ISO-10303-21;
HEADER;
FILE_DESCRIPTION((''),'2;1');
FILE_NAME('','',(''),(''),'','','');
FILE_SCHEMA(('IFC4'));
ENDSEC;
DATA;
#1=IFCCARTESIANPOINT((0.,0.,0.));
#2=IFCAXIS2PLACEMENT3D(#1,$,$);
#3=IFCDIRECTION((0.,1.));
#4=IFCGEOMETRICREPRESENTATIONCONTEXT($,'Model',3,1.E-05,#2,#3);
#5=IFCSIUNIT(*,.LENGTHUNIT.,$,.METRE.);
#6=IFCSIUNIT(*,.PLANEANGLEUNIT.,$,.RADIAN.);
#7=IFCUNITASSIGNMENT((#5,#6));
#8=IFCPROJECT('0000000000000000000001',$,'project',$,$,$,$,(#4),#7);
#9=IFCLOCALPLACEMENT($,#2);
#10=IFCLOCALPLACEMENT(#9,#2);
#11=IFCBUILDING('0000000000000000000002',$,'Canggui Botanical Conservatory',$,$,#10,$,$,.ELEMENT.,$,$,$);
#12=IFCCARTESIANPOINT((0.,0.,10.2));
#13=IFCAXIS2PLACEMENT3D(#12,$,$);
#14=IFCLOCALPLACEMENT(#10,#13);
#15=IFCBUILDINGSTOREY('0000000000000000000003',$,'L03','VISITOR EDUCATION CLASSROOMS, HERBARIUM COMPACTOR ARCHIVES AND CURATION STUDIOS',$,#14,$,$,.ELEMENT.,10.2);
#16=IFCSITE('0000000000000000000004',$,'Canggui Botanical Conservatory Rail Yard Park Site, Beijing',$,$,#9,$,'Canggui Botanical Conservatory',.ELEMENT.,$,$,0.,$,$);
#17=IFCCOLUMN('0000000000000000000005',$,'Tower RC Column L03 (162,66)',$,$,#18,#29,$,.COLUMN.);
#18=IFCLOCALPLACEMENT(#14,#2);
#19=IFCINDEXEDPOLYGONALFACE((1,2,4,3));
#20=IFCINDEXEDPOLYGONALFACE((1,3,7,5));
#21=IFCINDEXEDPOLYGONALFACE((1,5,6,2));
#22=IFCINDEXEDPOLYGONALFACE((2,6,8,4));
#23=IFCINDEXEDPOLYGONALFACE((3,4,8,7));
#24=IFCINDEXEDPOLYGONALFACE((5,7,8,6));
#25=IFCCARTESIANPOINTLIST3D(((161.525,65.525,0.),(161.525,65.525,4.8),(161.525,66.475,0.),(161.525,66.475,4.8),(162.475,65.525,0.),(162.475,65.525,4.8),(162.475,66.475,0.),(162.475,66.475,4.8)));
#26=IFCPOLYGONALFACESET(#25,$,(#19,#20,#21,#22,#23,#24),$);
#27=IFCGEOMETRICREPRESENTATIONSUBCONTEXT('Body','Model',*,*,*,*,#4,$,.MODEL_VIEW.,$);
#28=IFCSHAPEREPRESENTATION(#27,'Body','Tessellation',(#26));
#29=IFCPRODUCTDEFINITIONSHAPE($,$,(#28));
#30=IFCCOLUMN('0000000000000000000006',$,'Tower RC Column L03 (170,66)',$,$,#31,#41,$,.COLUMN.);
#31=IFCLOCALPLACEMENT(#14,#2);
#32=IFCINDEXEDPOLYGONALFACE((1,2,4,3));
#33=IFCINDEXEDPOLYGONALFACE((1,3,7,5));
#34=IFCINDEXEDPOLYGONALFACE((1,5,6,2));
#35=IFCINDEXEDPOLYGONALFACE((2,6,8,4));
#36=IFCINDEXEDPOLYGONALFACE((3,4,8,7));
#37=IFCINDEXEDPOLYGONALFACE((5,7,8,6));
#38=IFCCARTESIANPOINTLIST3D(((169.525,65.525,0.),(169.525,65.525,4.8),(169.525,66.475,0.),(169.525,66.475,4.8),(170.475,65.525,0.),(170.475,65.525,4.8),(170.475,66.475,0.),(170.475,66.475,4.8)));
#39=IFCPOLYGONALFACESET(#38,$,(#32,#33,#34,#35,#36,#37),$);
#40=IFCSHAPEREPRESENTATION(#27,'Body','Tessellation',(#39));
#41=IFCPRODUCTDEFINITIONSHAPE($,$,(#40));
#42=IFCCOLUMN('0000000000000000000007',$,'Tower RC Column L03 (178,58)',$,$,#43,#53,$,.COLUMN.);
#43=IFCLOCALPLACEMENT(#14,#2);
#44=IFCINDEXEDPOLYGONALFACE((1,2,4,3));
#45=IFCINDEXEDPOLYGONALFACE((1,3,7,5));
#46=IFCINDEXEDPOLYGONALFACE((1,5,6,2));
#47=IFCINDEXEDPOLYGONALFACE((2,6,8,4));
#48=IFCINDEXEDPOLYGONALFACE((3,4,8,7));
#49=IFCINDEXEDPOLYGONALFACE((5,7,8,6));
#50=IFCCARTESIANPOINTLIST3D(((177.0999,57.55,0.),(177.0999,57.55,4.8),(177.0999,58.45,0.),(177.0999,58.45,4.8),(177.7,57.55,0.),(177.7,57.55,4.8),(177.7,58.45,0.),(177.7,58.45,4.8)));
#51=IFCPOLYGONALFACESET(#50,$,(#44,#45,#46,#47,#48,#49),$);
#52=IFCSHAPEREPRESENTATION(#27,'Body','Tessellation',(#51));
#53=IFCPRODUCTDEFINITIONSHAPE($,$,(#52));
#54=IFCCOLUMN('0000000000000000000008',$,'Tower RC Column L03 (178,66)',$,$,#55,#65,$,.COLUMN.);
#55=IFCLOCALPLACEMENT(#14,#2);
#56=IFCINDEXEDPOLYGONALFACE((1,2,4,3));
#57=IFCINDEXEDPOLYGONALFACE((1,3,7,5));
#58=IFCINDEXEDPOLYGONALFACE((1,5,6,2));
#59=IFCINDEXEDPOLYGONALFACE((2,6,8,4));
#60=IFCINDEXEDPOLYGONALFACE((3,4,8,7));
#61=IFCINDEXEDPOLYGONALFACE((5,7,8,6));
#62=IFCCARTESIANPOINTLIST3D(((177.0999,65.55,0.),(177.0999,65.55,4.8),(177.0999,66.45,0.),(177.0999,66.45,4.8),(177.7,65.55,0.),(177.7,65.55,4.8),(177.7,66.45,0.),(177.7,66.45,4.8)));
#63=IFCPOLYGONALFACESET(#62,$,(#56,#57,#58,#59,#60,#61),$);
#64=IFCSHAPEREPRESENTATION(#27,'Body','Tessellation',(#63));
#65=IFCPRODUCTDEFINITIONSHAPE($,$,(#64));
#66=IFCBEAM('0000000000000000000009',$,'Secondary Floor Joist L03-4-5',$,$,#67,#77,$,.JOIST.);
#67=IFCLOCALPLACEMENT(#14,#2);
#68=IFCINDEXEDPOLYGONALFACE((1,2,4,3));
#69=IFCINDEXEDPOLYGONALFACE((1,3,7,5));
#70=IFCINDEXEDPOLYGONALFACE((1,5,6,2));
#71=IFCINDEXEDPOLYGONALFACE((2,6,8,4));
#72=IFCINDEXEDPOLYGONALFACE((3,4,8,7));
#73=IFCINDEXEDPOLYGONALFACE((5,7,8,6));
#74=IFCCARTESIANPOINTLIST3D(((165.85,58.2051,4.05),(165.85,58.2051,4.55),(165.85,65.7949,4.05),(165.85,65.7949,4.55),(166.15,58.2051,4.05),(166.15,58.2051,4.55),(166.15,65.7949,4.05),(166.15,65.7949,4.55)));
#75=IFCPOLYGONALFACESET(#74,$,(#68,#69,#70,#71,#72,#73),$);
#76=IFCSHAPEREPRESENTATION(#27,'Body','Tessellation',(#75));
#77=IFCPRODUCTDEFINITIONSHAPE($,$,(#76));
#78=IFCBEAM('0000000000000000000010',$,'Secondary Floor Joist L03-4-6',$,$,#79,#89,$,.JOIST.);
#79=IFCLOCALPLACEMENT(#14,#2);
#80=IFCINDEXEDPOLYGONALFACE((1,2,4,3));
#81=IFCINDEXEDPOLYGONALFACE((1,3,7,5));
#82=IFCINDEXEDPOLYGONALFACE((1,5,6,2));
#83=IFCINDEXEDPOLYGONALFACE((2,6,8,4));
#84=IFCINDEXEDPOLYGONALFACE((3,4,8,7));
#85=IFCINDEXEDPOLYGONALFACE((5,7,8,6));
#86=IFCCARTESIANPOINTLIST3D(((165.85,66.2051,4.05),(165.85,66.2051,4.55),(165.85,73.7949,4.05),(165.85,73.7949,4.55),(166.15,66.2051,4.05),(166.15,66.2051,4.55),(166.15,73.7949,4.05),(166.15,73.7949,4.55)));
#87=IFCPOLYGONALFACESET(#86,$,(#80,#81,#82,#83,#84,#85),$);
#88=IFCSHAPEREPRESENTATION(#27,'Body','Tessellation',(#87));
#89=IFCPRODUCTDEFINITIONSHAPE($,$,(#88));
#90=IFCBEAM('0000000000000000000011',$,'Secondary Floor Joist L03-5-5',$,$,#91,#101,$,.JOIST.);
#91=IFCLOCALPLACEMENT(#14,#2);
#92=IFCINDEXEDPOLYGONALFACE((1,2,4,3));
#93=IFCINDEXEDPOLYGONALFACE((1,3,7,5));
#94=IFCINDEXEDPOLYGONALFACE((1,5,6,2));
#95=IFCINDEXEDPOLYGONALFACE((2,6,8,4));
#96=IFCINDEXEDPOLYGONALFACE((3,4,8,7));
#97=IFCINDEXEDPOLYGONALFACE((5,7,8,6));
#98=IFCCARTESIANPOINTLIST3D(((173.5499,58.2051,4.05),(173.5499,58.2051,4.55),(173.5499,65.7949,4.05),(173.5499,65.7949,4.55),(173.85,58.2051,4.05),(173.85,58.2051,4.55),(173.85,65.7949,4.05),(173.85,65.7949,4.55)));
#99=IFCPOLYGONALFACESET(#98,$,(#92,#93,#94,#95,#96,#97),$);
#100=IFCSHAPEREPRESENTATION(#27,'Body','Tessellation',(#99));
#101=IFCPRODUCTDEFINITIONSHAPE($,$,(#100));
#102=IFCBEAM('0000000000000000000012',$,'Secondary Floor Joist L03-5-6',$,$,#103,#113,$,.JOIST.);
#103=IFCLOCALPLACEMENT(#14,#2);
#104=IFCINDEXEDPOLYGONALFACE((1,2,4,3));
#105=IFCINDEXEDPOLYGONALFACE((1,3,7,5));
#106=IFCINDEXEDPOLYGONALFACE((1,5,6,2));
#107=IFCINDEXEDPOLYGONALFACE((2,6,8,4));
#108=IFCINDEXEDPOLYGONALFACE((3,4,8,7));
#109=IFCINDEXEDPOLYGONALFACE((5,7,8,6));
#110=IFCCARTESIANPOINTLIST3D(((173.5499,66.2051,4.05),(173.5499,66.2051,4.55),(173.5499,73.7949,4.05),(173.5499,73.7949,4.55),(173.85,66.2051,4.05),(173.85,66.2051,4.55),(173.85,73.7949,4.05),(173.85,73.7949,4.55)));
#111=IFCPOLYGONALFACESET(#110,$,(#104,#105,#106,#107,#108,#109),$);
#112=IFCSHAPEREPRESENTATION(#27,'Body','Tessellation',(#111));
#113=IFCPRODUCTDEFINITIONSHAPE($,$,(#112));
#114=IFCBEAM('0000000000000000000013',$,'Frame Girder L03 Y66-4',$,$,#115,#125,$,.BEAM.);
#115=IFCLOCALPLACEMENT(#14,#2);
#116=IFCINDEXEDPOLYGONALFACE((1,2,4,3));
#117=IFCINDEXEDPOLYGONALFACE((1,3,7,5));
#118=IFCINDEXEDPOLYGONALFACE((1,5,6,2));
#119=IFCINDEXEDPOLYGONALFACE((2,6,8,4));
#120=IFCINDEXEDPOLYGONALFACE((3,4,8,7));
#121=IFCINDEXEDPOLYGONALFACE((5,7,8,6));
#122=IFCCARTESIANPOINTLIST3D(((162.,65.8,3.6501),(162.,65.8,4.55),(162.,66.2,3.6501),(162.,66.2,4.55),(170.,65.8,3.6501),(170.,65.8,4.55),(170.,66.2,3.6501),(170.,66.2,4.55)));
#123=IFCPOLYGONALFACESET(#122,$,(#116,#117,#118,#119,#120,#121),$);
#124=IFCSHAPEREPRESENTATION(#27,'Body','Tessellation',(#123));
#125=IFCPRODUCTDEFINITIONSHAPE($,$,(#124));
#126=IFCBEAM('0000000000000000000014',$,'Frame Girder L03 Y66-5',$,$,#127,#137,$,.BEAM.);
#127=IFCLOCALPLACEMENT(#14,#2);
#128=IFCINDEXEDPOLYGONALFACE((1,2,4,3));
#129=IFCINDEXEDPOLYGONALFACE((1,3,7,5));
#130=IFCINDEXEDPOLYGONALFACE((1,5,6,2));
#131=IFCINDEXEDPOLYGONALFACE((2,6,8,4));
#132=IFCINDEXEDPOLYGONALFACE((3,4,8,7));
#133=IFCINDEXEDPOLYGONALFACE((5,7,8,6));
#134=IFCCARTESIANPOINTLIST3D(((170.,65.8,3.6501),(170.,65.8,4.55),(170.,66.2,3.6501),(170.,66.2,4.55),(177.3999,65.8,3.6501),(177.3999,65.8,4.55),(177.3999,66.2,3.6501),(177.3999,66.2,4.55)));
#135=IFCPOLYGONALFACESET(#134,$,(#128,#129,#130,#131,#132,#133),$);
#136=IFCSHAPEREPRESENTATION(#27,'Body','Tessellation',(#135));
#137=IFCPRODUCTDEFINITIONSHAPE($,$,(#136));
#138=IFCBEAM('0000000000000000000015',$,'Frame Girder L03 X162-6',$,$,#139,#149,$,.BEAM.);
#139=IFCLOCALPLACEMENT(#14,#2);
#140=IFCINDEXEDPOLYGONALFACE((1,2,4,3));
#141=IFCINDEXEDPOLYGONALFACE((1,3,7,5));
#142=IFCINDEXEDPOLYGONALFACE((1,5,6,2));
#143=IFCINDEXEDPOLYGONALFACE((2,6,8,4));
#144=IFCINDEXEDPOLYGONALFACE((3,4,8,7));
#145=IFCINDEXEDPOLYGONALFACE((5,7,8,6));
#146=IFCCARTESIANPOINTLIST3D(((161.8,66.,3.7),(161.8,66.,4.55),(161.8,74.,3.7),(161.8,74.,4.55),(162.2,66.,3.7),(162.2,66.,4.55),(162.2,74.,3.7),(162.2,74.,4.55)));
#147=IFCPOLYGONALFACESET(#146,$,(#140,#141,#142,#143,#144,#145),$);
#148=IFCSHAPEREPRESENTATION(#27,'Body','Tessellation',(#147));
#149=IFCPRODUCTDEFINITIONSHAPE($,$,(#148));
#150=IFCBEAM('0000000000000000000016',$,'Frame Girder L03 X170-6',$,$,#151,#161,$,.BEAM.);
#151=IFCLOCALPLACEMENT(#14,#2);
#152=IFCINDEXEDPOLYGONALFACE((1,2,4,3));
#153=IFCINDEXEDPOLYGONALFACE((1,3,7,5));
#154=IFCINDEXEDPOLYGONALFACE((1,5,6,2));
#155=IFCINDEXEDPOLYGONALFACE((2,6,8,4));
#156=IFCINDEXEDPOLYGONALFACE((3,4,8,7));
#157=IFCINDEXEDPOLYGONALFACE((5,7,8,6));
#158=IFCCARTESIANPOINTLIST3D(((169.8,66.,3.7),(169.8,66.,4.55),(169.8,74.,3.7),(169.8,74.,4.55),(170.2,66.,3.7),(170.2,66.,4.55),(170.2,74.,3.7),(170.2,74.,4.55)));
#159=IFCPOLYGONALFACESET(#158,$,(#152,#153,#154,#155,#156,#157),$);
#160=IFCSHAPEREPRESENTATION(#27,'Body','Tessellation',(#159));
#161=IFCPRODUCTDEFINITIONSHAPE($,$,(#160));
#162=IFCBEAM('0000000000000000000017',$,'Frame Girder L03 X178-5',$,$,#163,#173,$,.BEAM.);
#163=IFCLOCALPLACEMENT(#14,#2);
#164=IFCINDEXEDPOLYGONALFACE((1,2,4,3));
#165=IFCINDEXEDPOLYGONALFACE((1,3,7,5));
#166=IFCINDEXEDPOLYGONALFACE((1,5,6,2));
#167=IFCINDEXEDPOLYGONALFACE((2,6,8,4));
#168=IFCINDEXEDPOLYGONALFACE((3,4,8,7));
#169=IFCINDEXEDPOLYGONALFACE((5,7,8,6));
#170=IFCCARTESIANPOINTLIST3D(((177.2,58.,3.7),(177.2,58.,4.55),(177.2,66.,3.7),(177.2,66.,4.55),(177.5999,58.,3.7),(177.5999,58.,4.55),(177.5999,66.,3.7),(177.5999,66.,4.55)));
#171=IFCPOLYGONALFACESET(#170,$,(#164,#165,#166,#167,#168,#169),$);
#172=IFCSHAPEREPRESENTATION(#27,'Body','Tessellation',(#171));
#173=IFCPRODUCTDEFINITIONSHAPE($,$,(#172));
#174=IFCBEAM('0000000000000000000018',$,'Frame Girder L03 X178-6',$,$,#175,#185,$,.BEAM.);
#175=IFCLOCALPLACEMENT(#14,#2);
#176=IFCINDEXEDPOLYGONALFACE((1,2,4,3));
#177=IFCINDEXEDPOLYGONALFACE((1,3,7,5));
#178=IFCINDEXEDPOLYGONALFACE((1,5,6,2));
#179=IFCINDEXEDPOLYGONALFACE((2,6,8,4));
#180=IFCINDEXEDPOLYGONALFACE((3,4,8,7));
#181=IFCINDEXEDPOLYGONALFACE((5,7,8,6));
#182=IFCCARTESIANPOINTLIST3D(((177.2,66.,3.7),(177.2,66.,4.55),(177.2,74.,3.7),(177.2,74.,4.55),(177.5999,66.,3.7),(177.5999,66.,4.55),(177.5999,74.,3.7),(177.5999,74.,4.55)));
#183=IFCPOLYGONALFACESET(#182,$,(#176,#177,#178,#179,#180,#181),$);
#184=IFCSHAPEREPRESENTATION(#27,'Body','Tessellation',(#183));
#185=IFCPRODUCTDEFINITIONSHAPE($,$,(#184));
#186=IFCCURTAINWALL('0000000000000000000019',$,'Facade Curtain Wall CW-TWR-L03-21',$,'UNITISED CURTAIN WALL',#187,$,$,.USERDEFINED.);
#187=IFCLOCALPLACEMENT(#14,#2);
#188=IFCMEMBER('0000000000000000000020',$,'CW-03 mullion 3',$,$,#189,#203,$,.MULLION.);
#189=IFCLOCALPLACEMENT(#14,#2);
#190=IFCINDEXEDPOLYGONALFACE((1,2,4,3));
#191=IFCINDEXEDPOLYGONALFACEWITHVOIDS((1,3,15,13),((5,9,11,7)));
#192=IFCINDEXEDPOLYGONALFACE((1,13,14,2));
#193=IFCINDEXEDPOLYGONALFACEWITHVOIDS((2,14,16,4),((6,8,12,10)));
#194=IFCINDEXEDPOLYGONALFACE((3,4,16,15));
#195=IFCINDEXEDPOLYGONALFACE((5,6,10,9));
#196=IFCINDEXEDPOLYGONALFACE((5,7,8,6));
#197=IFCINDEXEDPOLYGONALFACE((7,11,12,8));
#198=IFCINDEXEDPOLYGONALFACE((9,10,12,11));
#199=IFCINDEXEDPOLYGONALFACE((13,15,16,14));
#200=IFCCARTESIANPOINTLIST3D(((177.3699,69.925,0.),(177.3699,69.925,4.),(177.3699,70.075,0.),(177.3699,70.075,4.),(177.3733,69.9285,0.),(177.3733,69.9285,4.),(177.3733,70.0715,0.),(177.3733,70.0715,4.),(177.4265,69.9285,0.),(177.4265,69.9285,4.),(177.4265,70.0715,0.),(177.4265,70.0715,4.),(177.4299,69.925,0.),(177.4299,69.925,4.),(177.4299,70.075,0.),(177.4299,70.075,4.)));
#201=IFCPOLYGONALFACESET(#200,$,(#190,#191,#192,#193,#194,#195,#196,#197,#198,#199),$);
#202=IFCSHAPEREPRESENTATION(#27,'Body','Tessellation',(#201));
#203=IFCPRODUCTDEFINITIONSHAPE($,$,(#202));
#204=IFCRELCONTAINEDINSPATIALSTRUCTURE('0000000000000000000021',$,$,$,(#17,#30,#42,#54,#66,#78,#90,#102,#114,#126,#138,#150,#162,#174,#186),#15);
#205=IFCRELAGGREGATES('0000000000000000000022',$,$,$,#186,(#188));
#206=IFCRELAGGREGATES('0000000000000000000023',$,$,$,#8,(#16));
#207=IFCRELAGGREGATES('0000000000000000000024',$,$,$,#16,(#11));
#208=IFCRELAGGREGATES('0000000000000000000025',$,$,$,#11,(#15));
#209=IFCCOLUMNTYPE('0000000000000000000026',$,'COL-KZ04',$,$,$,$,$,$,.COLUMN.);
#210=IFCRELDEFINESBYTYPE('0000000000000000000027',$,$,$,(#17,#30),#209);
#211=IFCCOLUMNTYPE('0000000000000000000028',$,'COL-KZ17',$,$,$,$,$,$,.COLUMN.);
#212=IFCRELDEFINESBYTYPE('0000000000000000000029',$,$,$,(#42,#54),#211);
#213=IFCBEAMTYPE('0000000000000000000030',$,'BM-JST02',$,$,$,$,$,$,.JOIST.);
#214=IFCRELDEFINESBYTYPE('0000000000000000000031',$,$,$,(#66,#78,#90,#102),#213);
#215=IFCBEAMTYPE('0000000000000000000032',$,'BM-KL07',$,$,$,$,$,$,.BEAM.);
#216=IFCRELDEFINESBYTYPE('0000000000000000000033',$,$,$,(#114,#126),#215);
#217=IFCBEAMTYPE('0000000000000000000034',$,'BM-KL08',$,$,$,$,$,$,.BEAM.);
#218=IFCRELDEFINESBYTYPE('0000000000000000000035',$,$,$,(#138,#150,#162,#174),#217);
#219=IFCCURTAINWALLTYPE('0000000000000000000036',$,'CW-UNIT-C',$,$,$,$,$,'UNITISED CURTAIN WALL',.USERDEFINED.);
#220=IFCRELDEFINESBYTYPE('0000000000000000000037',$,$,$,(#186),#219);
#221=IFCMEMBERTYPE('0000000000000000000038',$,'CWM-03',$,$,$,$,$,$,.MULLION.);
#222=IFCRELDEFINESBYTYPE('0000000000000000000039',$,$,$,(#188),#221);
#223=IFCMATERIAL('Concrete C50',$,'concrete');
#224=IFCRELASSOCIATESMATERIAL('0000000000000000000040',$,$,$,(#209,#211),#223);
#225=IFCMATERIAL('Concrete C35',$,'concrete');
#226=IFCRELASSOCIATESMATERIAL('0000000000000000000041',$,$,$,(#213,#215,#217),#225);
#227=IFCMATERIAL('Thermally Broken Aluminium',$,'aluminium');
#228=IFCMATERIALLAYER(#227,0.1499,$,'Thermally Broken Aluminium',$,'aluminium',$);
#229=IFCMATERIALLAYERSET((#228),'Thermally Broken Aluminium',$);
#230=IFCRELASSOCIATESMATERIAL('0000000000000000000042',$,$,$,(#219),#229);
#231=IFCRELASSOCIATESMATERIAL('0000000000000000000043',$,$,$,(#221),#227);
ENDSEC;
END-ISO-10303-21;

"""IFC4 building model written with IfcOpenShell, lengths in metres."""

from ifc_helpers import new_model, si_unit, direction, frame, origin, origin_2d, place, context, subcontext, project, spatial, rectangle, hollow_rectangle, extrude, material, layer, layer_set, material_profile, profile_set, type_object, element, aggregate, save


model = new_model("IFC4")

# Units and contexts
model_context = context("Model", 3, precision=1e-05, world=origin(), true_north=direction((0.0, 1.0)))
body_context = subcontext(model_context, "Body", "Model", "MODEL_VIEW")
ifc_project = project(units=[si_unit("LENGTHUNIT", "METRE"), si_unit("PLANEANGLEUNIT", "RADIAN")], contexts=[model_context])

# Site, building, storey
site_placement = place(None, origin())
site = spatial("IfcSite", under=ifc_project, at=site_placement, Name="Canggui Botanical Conservatory Rail Yard Park Site, Beijing", LongName="Canggui Botanical Conservatory", CompositionType="ELEMENT", RefElevation=0.0)
building_placement = place(site_placement, origin())
building = spatial("IfcBuilding", under=site, at=building_placement, Name="Canggui Botanical Conservatory", CompositionType="ELEMENT")
storey_placement = place(building_placement, frame((0.0, 0.0, 10.2)))
storey = spatial("IfcBuildingStorey", under=building, at=storey_placement, Name="L03", Description="VISITOR EDUCATION CLASSROOMS, HERBARIUM COMPACTOR ARCHIVES AND CURATION STUDIOS", CompositionType="ELEMENT", Elevation=10.2)

# Columns
ifc_material_1 = material(Name="Concrete C50", Category="concrete")
ifc_material_profile_1 = material_profile(ifc_material_1, rectangle(XDim=0.95, YDim=0.95, at=origin_2d()), Name="RC 950x950")
ifc_profile_set_1 = profile_set([ifc_material_profile_1], Name="Concrete C50")
column_type_1 = type_object("IfcColumnType", Name="COL-KZ04", PredefinedType="COLUMN", material=ifc_profile_set_1)
for number, where, z_axis, x_axis, name in (
    (1, (162.0, 66.0, 0.0), (0.0, 0.0, 1.0), (1.0, 0.0, 0.0), "Tower RC Column L03 (162,66)"),
    (2, (170.0, 66.0, 0.0), (0.0, 0.0, 1.0), (1.0, 0.0, 0.0), "Tower RC Column L03 (170,66)"),
):
    element("IfcColumn", number, at=place(storey_placement, frame(where, z_axis=z_axis, x_axis=x_axis)), inside=storey, type_object=column_type_1, Name=name, PredefinedType="COLUMN", context=body_context, shape_type="SweptSolid", body=[
        extrude(rectangle(XDim=0.95, YDim=0.95, at=origin_2d()), origin(), (0.0, 0.0, 1.0), 4.8),
    ])
ifc_material_profile_2 = material_profile(ifc_material_1, rectangle(XDim=0.6001, YDim=0.8999, at=origin_2d()), Name="RC 600x900")
ifc_profile_set_2 = profile_set([ifc_material_profile_2], Name="Concrete C50")
column_type_2 = type_object("IfcColumnType", Name="COL-KZ17", PredefinedType="COLUMN", material=ifc_profile_set_2)
for number, where, z_axis, x_axis, name in (
    (3, (177.3999, 58.0, 0.0), (0.0, 0.0, 1.0), (1.0, 0.0, 0.0), "Tower RC Column L03 (178,58)"),
    (4, (177.3999, 66.0, 0.0), (0.0, 0.0, 1.0), (1.0, 0.0, 0.0), "Tower RC Column L03 (178,66)"),
):
    element("IfcColumn", number, at=place(storey_placement, frame(where, z_axis=z_axis, x_axis=x_axis)), inside=storey, type_object=column_type_2, Name=name, PredefinedType="COLUMN", context=body_context, shape_type="SweptSolid", body=[
        extrude(rectangle(XDim=0.6001, YDim=0.8999, at=origin_2d()), origin(), (0.0, 0.0, 1.0), 4.8),
    ])

# Beams
ifc_material_2 = material(Name="Concrete C35", Category="concrete")
ifc_material_profile_3 = material_profile(ifc_material_2, rectangle(XDim=0.3, YDim=0.5, at=origin_2d()), Name="RB 300x500")
ifc_profile_set_3 = profile_set([ifc_material_profile_3], Name="Concrete C35")
beam_type_1 = type_object("IfcBeamType", Name="BM-JST02", PredefinedType="JOIST", material=ifc_profile_set_3)
for number, where, z_axis, x_axis, name in (
    (5, (166.0, 58.2051, 4.3), (0.0, 1.0, 0.0), (-1.0, 0.0, 0.0), "Secondary Floor Joist L03-4-5"),
    (6, (166.0, 66.2051, 4.3), (0.0, 1.0, 0.0), (-1.0, 0.0, 0.0), "Secondary Floor Joist L03-4-6"),
    (7, (173.7, 58.2051, 4.3), (0.0, 1.0, 0.0), (-1.0, 0.0, 0.0), "Secondary Floor Joist L03-5-5"),
    (8, (173.7, 66.2051, 4.3), (0.0, 1.0, 0.0), (-1.0, 0.0, 0.0), "Secondary Floor Joist L03-5-6"),
):
    element("IfcBeam", number, at=place(storey_placement, frame(where, z_axis=z_axis, x_axis=x_axis)), inside=storey, type_object=beam_type_1, Name=name, PredefinedType="JOIST", context=body_context, shape_type="SweptSolid", body=[
        extrude(rectangle(XDim=0.3, YDim=0.5, at=origin_2d()), origin(), (0.0, 0.0, 1.0), 7.5898),
    ])
ifc_material_profile_4 = material_profile(ifc_material_2, rectangle(XDim=0.3999, YDim=0.8999, at=origin_2d()), Name="RB 400x900")
ifc_profile_set_4 = profile_set([ifc_material_profile_4], Name="Concrete C35")
beam_type_2 = type_object("IfcBeamType", Name="BM-KL07", PredefinedType="BEAM", material=ifc_profile_set_4)
beam_1_placement = place(storey_placement, frame((162.0, 66.0, 4.1001), z_axis=(1.0, 0.0, 0.0), x_axis=(0.0, 1.0, 0.0)))
element("IfcBeam", 9, at=beam_1_placement, inside=storey, type_object=beam_type_2, Name="Frame Girder L03 Y66-4", PredefinedType="BEAM", context=body_context, shape_type="SweptSolid", body=[
    extrude(rectangle(XDim=0.3999, YDim=0.8999, at=origin_2d()), origin(), (0.0, 0.0, 1.0), 8.0),
])
beam_2_placement = place(storey_placement, frame((170.0, 66.0, 4.1001), z_axis=(1.0, 0.0, 0.0), x_axis=(0.0, 1.0, 0.0)))
element("IfcBeam", 10, at=beam_2_placement, inside=storey, type_object=beam_type_2, Name="Frame Girder L03 Y66-5", PredefinedType="BEAM", context=body_context, shape_type="SweptSolid", body=[
    extrude(rectangle(XDim=0.3999, YDim=0.8999, at=origin_2d()), origin(), (0.0, 0.0, 1.0), 7.3999),
])
ifc_material_profile_5 = material_profile(ifc_material_2, rectangle(XDim=0.3999, YDim=0.8501, at=origin_2d()), Name="RB 400x850")
ifc_profile_set_5 = profile_set([ifc_material_profile_5], Name="Concrete C35")
beam_type_3 = type_object("IfcBeamType", Name="BM-KL08", PredefinedType="BEAM", material=ifc_profile_set_5)
for number, where, z_axis, x_axis, name in (
    (11, (162.0, 66.0, 4.125), (0.0, 1.0, 0.0), (-1.0, 0.0, 0.0), "Frame Girder L03 X162-6"),
    (12, (170.0, 66.0, 4.125), (0.0, 1.0, 0.0), (-1.0, 0.0, 0.0), "Frame Girder L03 X170-6"),
    (13, (177.3999, 58.0, 4.125), (0.0, 1.0, 0.0), (-1.0, 0.0, 0.0), "Frame Girder L03 X178-5"),
    (14, (177.3999, 66.0, 4.125), (0.0, 1.0, 0.0), (-1.0, 0.0, 0.0), "Frame Girder L03 X178-6"),
):
    element("IfcBeam", number, at=place(storey_placement, frame(where, z_axis=z_axis, x_axis=x_axis)), inside=storey, type_object=beam_type_3, Name=name, PredefinedType="BEAM", context=body_context, shape_type="SweptSolid", body=[
        extrude(rectangle(XDim=0.3999, YDim=0.8501, at=origin_2d()), origin(), (0.0, 0.0, 1.0), 8.0),
    ])

# Curtain wall, member
ifc_material_3 = material(Name="Thermally Broken Aluminium", Category="aluminium")
ifc_layer_1 = layer(ifc_material_3, 0.1499, Name="Thermally Broken Aluminium", Category="aluminium")
ifc_layer_set_1 = layer_set([ifc_layer_1], Name="Thermally Broken Aluminium")
curtain_wall_type = type_object("IfcCurtainWallType", Name="CW-UNIT-C", ElementType="UNITISED CURTAIN WALL", PredefinedType="USERDEFINED", material=ifc_layer_set_1)
curtain_wall_placement = place(storey_placement, origin())
curtain_wall = element("IfcCurtainWall", 15, at=curtain_wall_placement, inside=storey, type_object=curtain_wall_type, Name="Facade Curtain Wall CW-TWR-L03-21", ObjectType="UNITISED CURTAIN WALL", PredefinedType="USERDEFINED")
ifc_material_profile_6 = material_profile(ifc_material_3, hollow_rectangle(XDim=0.0601, YDim=0.1499, WallThickness=0.0034, at=origin_2d()), Name="CWM 60x150x3.5")
ifc_profile_set_6 = profile_set([ifc_material_profile_6], Name="Thermally Broken Aluminium")
member_type_1 = type_object("IfcMemberType", Name="CWM-03", PredefinedType="MULLION", material=ifc_profile_set_6)
member_1_placement = place(storey_placement, frame((177.3999, 70.0, 0.0), z_axis=(0.0, 0.0, 1.0), x_axis=(1.0, 0.0, 0.0)))
member_1 = element("IfcMember", 16, at=member_1_placement, type_object=member_type_1, Name="CW-03 mullion 3", PredefinedType="MULLION", context=body_context, shape_type="SweptSolid", body=[
    extrude(hollow_rectangle(XDim=0.0601, YDim=0.1499, WallThickness=0.0034, at=origin_2d()), origin(), (0.0, 0.0, 1.0), 4.0),
])
aggregate(curtain_wall, [member_1])

save(model, "model.ifc")
